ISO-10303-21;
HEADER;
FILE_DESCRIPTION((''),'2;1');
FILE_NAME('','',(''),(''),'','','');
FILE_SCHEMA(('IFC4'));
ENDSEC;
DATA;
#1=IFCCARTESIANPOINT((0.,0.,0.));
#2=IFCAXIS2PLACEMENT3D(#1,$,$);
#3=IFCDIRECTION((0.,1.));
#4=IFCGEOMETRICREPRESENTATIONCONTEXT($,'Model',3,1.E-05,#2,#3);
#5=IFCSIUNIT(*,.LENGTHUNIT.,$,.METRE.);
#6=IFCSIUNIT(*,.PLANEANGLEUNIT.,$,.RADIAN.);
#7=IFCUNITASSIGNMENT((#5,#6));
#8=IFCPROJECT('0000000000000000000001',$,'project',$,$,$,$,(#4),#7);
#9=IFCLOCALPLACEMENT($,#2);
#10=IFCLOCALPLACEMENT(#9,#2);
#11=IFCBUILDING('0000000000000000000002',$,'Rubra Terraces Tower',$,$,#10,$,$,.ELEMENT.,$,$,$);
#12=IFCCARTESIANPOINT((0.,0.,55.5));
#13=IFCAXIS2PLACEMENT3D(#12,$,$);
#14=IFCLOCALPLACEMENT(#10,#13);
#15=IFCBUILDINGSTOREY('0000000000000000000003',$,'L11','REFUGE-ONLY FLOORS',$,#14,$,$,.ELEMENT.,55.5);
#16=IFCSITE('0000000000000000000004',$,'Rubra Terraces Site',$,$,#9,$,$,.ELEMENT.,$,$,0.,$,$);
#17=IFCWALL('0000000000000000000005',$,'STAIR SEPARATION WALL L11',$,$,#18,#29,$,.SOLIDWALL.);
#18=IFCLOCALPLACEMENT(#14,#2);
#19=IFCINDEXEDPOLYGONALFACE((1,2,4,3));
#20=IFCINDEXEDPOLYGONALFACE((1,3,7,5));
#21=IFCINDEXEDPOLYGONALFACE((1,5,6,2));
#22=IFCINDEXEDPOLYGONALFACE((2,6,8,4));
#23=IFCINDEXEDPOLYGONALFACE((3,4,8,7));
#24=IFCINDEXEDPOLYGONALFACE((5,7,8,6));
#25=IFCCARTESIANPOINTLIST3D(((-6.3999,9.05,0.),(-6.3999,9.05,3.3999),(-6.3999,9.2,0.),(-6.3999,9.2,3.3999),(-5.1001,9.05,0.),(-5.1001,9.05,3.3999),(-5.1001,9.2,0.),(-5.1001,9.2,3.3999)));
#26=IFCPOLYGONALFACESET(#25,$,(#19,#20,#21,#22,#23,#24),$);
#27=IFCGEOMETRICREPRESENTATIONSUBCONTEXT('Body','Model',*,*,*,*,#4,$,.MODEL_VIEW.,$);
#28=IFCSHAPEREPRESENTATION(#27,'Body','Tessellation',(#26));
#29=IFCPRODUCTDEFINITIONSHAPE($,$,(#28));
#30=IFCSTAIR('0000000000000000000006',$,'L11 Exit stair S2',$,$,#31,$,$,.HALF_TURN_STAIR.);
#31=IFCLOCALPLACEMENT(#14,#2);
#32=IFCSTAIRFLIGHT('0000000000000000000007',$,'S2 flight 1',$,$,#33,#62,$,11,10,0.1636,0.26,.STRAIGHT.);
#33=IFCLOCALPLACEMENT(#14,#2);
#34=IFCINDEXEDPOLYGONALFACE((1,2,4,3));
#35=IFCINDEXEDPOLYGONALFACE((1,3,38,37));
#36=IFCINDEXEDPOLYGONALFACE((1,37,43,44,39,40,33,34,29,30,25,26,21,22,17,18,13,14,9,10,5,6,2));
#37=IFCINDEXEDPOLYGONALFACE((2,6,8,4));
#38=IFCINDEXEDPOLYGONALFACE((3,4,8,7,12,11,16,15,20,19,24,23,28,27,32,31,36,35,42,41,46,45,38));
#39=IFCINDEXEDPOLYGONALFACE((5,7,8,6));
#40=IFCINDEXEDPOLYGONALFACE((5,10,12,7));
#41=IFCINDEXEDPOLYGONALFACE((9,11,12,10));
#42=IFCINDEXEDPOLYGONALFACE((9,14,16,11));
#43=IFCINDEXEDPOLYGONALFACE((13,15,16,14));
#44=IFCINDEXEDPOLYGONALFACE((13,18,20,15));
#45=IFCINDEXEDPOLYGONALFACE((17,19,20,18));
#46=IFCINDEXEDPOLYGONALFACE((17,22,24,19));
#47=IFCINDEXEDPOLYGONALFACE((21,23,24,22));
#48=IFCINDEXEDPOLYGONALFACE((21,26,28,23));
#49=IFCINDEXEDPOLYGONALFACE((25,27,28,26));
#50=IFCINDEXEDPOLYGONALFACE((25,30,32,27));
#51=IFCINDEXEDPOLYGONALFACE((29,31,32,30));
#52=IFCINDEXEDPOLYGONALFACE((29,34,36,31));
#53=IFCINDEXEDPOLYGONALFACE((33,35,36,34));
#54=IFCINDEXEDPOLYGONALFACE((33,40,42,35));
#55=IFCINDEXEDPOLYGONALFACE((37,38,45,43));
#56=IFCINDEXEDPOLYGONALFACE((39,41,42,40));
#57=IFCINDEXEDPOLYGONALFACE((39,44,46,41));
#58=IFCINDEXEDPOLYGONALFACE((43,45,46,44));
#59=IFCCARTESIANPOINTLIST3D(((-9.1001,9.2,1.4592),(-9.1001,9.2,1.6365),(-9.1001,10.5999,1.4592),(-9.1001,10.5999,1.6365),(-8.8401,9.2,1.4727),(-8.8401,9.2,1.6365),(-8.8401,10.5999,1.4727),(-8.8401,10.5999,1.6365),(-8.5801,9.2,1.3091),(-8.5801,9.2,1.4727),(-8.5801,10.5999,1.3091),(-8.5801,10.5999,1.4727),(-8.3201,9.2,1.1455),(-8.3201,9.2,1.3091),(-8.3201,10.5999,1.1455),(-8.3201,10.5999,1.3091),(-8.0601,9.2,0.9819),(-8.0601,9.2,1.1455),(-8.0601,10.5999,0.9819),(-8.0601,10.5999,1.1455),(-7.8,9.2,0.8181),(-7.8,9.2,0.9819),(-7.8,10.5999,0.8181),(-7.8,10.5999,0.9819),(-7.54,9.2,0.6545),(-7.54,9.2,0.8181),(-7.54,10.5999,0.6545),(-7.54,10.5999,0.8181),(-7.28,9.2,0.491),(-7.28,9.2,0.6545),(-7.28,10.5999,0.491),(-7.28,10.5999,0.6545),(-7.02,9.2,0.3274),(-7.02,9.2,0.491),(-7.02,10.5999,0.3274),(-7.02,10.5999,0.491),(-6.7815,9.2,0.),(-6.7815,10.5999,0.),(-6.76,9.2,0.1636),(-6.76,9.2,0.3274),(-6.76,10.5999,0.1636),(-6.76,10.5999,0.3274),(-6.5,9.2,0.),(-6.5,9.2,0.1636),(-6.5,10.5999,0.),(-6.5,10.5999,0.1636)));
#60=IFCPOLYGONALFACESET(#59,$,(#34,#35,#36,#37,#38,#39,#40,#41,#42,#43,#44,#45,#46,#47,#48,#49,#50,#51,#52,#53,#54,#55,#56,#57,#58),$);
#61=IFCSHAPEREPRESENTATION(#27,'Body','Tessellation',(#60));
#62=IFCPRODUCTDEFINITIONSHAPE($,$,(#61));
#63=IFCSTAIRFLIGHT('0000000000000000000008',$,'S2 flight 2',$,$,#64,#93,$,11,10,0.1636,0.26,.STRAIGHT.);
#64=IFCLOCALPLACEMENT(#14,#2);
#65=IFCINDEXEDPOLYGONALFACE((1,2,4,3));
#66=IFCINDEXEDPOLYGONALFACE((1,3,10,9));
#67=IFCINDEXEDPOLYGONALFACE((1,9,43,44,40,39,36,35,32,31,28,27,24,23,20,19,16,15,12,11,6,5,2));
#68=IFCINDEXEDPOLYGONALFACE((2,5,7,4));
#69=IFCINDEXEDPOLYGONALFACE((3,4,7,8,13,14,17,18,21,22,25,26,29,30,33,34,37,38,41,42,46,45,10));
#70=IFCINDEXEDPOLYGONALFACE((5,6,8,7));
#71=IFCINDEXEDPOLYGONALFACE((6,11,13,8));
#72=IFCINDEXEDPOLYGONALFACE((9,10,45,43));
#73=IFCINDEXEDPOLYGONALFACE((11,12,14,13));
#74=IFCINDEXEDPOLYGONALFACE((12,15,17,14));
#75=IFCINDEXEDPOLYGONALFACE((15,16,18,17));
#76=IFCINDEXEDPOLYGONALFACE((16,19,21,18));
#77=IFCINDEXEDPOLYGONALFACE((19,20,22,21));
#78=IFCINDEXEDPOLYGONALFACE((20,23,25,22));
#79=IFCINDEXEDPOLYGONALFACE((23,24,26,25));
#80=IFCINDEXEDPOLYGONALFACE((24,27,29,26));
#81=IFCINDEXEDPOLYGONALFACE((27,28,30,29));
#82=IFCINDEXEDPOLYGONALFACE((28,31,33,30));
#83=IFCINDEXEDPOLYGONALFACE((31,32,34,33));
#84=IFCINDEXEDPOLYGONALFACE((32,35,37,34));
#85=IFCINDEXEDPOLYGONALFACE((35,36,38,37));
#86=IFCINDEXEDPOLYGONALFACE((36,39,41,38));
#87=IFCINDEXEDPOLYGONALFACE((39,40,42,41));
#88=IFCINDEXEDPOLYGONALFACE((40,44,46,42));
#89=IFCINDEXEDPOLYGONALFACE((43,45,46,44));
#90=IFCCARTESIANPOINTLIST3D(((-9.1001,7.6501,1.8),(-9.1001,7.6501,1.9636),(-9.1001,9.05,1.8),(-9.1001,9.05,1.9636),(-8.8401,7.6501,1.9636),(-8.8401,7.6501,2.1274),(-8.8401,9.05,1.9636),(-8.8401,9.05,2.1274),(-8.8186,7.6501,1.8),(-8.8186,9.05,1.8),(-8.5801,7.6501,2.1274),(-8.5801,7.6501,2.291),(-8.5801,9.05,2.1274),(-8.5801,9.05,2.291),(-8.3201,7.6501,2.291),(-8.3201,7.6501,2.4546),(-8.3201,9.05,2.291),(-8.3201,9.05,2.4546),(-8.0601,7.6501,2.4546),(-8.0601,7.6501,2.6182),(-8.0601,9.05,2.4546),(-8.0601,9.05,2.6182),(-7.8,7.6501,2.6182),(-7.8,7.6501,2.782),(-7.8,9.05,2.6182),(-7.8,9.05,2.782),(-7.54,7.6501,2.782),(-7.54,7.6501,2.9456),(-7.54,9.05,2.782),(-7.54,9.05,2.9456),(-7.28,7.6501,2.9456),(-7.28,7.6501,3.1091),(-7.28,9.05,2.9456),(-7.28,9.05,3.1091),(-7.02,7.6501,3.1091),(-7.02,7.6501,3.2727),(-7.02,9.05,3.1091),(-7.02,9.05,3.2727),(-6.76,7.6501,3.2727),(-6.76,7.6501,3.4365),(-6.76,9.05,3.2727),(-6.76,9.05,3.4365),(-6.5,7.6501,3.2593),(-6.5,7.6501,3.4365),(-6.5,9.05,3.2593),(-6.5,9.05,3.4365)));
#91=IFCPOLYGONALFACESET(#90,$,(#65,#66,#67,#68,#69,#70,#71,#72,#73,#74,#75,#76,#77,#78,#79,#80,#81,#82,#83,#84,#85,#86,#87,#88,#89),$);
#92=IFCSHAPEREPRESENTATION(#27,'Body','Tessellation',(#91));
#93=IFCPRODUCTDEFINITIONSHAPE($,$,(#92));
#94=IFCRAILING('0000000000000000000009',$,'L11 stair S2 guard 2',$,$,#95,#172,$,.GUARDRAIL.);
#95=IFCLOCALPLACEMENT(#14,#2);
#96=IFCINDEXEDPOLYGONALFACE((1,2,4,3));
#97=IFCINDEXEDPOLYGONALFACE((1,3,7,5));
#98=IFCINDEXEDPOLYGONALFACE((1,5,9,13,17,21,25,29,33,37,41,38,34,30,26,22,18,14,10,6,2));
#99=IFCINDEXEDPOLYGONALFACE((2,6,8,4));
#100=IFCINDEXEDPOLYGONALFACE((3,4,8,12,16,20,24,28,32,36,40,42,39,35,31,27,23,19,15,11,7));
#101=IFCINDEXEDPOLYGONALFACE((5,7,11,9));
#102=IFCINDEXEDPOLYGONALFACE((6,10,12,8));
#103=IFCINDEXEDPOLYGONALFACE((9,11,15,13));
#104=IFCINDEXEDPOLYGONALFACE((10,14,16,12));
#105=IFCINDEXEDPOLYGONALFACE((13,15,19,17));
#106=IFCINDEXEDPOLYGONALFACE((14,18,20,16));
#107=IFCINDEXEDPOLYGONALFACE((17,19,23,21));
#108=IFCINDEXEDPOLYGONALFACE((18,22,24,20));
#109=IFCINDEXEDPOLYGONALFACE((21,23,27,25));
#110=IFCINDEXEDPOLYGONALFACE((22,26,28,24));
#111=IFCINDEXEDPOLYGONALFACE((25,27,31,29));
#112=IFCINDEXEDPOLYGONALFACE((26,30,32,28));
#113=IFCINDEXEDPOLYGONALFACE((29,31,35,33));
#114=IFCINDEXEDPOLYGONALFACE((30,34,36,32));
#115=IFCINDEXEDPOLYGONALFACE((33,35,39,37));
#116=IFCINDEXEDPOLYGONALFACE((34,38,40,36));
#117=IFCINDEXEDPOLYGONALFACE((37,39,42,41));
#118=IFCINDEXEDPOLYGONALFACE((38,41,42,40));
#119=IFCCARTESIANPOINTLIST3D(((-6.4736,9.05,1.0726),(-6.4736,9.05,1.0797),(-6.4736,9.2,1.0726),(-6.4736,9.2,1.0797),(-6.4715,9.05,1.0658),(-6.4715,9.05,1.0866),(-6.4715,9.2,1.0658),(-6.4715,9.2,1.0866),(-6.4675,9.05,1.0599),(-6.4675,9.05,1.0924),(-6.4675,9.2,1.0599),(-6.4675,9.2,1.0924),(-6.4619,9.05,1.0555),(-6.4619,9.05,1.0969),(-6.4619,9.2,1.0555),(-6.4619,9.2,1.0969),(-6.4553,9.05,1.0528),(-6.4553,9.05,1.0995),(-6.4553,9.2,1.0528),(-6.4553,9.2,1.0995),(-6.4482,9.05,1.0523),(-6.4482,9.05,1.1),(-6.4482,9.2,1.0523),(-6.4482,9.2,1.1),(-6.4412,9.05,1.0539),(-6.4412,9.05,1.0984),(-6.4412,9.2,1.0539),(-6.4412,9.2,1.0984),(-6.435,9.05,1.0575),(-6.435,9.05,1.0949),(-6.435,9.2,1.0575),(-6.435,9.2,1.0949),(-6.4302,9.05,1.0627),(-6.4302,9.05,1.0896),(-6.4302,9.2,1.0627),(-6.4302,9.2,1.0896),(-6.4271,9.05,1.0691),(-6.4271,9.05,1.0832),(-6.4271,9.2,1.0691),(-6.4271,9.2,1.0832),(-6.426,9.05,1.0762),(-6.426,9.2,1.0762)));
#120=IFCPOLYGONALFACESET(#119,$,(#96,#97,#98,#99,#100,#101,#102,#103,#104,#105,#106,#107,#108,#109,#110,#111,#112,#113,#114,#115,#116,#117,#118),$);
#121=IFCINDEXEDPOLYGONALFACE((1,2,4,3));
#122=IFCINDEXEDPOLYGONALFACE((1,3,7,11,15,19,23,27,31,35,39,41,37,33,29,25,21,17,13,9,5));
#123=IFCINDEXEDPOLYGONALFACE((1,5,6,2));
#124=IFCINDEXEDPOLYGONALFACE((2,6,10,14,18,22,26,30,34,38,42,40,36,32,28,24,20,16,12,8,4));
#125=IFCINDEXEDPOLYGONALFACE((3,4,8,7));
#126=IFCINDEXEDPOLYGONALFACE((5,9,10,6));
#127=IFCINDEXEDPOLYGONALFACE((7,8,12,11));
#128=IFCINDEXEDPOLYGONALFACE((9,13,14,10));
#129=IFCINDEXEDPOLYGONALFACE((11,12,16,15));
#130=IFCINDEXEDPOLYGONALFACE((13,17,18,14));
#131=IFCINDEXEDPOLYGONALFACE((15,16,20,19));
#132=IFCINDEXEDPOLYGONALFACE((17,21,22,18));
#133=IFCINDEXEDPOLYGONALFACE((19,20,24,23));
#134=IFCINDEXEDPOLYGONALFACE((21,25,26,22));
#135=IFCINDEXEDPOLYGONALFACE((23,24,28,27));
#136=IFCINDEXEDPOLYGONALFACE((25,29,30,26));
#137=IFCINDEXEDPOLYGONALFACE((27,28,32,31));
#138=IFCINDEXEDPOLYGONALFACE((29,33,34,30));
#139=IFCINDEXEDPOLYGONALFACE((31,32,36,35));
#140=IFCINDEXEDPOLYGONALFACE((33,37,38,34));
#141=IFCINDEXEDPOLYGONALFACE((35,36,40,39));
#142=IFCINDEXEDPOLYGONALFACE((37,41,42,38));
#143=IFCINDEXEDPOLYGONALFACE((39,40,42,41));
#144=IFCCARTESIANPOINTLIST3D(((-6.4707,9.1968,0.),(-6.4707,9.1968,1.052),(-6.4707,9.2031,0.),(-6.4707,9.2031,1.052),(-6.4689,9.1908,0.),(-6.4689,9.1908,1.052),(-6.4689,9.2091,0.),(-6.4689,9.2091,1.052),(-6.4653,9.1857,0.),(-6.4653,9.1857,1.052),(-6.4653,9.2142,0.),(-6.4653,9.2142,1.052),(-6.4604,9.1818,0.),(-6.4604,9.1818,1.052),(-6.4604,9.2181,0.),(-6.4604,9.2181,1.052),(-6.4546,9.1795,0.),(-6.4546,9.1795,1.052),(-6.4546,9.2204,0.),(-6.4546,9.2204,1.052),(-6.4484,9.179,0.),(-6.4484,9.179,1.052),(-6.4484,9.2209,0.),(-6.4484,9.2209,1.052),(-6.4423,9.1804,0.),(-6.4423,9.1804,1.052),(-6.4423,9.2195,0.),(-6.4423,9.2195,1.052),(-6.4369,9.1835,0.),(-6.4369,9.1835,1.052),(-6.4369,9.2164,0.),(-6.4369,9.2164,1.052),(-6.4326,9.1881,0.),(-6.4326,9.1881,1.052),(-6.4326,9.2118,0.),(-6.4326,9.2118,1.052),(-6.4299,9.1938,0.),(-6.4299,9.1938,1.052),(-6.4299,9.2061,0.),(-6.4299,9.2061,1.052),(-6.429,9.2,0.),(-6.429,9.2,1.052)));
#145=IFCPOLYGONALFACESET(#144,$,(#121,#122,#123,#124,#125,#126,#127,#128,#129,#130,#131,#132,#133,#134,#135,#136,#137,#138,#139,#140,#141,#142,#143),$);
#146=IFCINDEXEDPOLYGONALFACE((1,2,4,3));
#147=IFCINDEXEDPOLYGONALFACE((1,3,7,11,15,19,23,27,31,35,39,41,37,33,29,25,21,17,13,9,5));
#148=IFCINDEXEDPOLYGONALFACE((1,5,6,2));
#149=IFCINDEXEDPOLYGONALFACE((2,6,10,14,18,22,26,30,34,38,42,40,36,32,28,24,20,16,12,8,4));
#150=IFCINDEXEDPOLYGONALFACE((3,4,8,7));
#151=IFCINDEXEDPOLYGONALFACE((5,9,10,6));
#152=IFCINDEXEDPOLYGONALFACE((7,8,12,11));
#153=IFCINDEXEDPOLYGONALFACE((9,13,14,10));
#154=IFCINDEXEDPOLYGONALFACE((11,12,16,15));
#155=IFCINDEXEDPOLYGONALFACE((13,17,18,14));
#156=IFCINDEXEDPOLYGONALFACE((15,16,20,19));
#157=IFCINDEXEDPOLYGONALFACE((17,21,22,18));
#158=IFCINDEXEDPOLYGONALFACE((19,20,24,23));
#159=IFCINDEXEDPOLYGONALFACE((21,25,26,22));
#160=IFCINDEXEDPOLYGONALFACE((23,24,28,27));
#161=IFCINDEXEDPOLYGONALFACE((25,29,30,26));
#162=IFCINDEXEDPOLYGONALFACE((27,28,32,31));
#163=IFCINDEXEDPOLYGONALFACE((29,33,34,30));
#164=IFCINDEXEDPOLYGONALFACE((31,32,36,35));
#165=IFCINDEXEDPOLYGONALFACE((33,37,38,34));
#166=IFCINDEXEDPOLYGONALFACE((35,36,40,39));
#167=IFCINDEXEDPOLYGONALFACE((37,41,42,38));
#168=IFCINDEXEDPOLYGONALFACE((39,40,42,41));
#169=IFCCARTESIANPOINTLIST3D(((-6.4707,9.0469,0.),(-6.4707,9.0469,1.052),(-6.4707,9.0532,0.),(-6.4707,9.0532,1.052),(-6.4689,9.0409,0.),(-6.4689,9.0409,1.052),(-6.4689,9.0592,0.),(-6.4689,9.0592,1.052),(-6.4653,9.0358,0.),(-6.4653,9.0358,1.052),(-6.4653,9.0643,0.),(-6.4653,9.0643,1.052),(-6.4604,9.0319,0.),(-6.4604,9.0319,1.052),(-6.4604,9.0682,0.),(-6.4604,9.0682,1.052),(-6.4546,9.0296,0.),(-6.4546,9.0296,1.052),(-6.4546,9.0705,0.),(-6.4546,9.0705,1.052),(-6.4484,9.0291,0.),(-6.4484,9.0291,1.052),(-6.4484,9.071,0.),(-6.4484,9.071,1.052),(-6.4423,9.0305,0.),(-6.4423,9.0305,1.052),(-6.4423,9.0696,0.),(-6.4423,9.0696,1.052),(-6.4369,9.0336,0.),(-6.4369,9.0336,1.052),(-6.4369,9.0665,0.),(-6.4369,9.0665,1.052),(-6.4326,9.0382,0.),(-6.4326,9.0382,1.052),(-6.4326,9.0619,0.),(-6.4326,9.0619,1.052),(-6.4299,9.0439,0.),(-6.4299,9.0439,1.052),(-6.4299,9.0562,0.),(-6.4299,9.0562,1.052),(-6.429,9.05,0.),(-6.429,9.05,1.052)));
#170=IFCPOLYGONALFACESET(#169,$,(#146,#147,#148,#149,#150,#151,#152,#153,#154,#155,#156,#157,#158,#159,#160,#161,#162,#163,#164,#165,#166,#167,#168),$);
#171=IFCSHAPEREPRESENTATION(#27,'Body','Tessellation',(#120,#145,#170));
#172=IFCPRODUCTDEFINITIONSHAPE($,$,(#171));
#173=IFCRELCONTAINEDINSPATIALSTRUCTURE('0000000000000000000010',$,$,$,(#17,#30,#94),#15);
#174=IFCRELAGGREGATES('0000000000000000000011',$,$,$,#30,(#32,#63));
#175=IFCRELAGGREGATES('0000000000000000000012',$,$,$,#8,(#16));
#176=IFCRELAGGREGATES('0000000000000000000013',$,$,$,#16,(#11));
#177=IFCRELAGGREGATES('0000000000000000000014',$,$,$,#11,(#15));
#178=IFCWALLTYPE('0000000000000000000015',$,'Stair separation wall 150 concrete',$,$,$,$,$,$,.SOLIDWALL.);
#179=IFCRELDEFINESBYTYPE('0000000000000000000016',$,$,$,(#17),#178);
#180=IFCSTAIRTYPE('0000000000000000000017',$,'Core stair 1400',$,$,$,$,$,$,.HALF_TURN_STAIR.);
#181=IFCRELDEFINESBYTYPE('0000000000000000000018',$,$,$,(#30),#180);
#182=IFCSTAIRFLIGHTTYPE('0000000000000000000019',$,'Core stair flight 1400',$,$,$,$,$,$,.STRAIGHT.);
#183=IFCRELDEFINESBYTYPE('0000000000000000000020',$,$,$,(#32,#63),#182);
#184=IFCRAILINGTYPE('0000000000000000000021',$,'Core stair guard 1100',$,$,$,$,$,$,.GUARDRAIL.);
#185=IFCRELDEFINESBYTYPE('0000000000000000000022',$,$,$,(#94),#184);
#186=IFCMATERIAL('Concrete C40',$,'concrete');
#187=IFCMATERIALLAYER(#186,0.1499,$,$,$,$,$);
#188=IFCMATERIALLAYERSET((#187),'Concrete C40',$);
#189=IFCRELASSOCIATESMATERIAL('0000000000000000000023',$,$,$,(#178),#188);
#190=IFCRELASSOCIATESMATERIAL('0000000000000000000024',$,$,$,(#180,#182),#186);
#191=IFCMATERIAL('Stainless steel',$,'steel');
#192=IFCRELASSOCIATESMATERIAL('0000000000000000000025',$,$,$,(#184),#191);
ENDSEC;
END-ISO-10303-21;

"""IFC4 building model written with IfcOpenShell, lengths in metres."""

from ifc_helpers import new_model, si_unit, direction, frame, frame_2d, origin, origin_2d, place, context, subcontext, project, spatial, polyline, rectangle, circle, outline, extrude, material, layer, layer_set, type_object, element, aggregate, save


model = new_model("IFC4")

# Units and contexts
model_context = context("Model", 3, precision=1e-05, world=origin(), true_north=direction((0.0, 1.0)))
body_context = subcontext(model_context, "Body", "Model", "MODEL_VIEW")
ifc_project = project(units=[si_unit("LENGTHUNIT", "METRE"), si_unit("PLANEANGLEUNIT", "RADIAN")], contexts=[model_context])

# Site, building, storey
site_placement = place(None, origin())
site = spatial("IfcSite", under=ifc_project, at=site_placement, Name="Rubra Terraces Site", CompositionType="ELEMENT", RefElevation=0.0)
building_placement = place(site_placement, origin())
building = spatial("IfcBuilding", under=site, at=building_placement, Name="Rubra Terraces Tower", CompositionType="ELEMENT")
storey_placement = place(building_placement, frame((0.0, 0.0, 55.5)))
storey = spatial("IfcBuildingStorey", under=building, at=storey_placement, Name="L11", Description="REFUGE-ONLY FLOORS", CompositionType="ELEMENT", Elevation=55.5)

# Shared definitions
ifc_material_1 = material(Name="Stainless steel", Category="steel")

# Shared definitions
ifc_material_2 = material(Name="Concrete C40", Category="concrete")

# Wall
ifc_layer_1 = layer(ifc_material_2, 0.1499)
ifc_layer_set_1 = layer_set([ifc_layer_1], Name="Concrete C40")
wall_type_1 = type_object("IfcWallType", Name="Stair separation wall 150 concrete", PredefinedType="SOLIDWALL", material=ifc_layer_set_1)
wall_1_placement = place(storey_placement, frame((-6.3999, 9.125, 0.0), z_axis=(0.0, 0.0, 1.0), x_axis=(1.0, 0.0, 0.0)))
element("IfcWall", 1, at=wall_1_placement, inside=storey, type_object=wall_type_1, Name="STAIR SEPARATION WALL L11", PredefinedType="SOLIDWALL", context=body_context, shape_type="SweptSolid", body=[
    extrude(rectangle(XDim=1.2998, YDim=0.1499, at=frame_2d((0.6499, 0.0))), origin(), (0.0, 0.0, 1.0), 3.3999),
])

# Stair, stair flights
stair_type = type_object("IfcStairType", Name="Core stair 1400", PredefinedType="HALF_TURN_STAIR", material=ifc_material_2)
stair_placement = place(storey_placement, origin())
stair = element("IfcStair", 2, at=stair_placement, inside=storey, type_object=stair_type, Name="L11 Exit stair S2", PredefinedType="HALF_TURN_STAIR")
stair_flight_type = type_object("IfcStairFlightType", Name="Core stair flight 1400", PredefinedType="STRAIGHT", material=ifc_material_2)
stair_flight_1_placement = place(storey_placement, frame((-6.5, 9.8999, 0.0), z_axis=(0.0, 0.0, 1.0), x_axis=(-1.0, 0.0, 0.0)))
stair_flight_1 = element("IfcStairFlight", 3, at=stair_flight_1_placement, type_object=stair_flight_type, Name="S2 flight 1", NumberOfRisers=11, NumberOfTreads=10, PredefinedType="STRAIGHT", RiserHeight=0.1636, TreadLength=0.26, context=body_context, shape_type="SweptSolid", body=[
    extrude(outline(polyline([(0.0, 0.0), (0.0, 0.1636), (0.26, 0.1636), (0.26, 0.3274), (0.52, 0.3274), (0.52, 0.491), (0.78, 0.491), (0.78, 0.6545), (1.04, 0.6545), (1.04, 0.8181), (1.3, 0.8181), (1.3, 0.9819), (1.5601, 0.9819), (1.5601, 1.1455), (1.8201, 1.1455), (1.8201, 1.3091), (2.0801, 1.3091), (2.0801, 1.4727), (2.3401, 1.4727), (2.3401, 1.6365), (2.6001, 1.6365), (2.6001, 1.8), (2.6001, 1.4592), (0.2815, 0.0), (0.0, 0.0)])), frame((0.0, 0.7, 0.0), z_axis=(0.0, -1.0, 0.0), x_axis=(1.0, 0.0, 0.0)), (0.0, 0.0, 1.0), 1.3999),
])
stair_flight_2_placement = place(storey_placement, frame((-9.1001, 8.3501, 1.8), z_axis=(0.0, 0.0, 1.0), x_axis=(1.0, 0.0, 0.0)))
stair_flight_2 = element("IfcStairFlight", 4, at=stair_flight_2_placement, type_object=stair_flight_type, Name="S2 flight 2", NumberOfRisers=11, NumberOfTreads=10, PredefinedType="STRAIGHT", RiserHeight=0.1636, TreadLength=0.26, context=body_context, shape_type="SweptSolid", body=[
    extrude(outline(polyline([(0.0, 0.0), (0.0, 0.1636), (0.26, 0.1636), (0.26, 0.3274), (0.52, 0.3274), (0.52, 0.491), (0.78, 0.491), (0.78, 0.6545), (1.04, 0.6545), (1.04, 0.8181), (1.3, 0.8181), (1.3, 0.9819), (1.5601, 0.9819), (1.5601, 1.1455), (1.8201, 1.1455), (1.8201, 1.3091), (2.0801, 1.3091), (2.0801, 1.4727), (2.3401, 1.4727), (2.3401, 1.6365), (2.6001, 1.6365), (2.6001, 1.8), (2.6001, 1.4592), (0.2815, 0.0), (0.0, 0.0)])), frame((0.0, 0.7, 0.0), z_axis=(0.0, -1.0, 0.0), x_axis=(1.0, 0.0, 0.0)), (0.0, 0.0, 1.0), 1.3999),
])
aggregate(stair, [stair_flight_1, stair_flight_2])

# Railing
railing_type_1 = type_object("IfcRailingType", Name="Core stair guard 1100", PredefinedType="GUARDRAIL", material=ifc_material_1)
railing_1_placement = place(storey_placement, frame((-6.45, 9.2, 0.0)))
element("IfcRailing", 5, at=railing_1_placement, inside=storey, type_object=railing_type_1, Name="L11 stair S2 guard 2", PredefinedType="GUARDRAIL", context=body_context, shape_type="SweptSolid", body=[
    extrude(circle(Radius=0.0239, at=origin_2d()), frame((0.0, 0.0, 1.0762), z_axis=(0.0, -1.0, 0.0), x_axis=(1.0, 0.0, 0.0)), (0.0, 0.0, 1.0), 0.1499),
    extrude(circle(Radius=0.021, at=origin_2d()), origin(), (0.0, 0.0, 1.0), 1.052),
    extrude(circle(Radius=0.021, at=origin_2d()), frame((0.0, -0.1499, 0.0)), (0.0, 0.0, 1.0), 1.052),
])

save(model, "model.ifc")
